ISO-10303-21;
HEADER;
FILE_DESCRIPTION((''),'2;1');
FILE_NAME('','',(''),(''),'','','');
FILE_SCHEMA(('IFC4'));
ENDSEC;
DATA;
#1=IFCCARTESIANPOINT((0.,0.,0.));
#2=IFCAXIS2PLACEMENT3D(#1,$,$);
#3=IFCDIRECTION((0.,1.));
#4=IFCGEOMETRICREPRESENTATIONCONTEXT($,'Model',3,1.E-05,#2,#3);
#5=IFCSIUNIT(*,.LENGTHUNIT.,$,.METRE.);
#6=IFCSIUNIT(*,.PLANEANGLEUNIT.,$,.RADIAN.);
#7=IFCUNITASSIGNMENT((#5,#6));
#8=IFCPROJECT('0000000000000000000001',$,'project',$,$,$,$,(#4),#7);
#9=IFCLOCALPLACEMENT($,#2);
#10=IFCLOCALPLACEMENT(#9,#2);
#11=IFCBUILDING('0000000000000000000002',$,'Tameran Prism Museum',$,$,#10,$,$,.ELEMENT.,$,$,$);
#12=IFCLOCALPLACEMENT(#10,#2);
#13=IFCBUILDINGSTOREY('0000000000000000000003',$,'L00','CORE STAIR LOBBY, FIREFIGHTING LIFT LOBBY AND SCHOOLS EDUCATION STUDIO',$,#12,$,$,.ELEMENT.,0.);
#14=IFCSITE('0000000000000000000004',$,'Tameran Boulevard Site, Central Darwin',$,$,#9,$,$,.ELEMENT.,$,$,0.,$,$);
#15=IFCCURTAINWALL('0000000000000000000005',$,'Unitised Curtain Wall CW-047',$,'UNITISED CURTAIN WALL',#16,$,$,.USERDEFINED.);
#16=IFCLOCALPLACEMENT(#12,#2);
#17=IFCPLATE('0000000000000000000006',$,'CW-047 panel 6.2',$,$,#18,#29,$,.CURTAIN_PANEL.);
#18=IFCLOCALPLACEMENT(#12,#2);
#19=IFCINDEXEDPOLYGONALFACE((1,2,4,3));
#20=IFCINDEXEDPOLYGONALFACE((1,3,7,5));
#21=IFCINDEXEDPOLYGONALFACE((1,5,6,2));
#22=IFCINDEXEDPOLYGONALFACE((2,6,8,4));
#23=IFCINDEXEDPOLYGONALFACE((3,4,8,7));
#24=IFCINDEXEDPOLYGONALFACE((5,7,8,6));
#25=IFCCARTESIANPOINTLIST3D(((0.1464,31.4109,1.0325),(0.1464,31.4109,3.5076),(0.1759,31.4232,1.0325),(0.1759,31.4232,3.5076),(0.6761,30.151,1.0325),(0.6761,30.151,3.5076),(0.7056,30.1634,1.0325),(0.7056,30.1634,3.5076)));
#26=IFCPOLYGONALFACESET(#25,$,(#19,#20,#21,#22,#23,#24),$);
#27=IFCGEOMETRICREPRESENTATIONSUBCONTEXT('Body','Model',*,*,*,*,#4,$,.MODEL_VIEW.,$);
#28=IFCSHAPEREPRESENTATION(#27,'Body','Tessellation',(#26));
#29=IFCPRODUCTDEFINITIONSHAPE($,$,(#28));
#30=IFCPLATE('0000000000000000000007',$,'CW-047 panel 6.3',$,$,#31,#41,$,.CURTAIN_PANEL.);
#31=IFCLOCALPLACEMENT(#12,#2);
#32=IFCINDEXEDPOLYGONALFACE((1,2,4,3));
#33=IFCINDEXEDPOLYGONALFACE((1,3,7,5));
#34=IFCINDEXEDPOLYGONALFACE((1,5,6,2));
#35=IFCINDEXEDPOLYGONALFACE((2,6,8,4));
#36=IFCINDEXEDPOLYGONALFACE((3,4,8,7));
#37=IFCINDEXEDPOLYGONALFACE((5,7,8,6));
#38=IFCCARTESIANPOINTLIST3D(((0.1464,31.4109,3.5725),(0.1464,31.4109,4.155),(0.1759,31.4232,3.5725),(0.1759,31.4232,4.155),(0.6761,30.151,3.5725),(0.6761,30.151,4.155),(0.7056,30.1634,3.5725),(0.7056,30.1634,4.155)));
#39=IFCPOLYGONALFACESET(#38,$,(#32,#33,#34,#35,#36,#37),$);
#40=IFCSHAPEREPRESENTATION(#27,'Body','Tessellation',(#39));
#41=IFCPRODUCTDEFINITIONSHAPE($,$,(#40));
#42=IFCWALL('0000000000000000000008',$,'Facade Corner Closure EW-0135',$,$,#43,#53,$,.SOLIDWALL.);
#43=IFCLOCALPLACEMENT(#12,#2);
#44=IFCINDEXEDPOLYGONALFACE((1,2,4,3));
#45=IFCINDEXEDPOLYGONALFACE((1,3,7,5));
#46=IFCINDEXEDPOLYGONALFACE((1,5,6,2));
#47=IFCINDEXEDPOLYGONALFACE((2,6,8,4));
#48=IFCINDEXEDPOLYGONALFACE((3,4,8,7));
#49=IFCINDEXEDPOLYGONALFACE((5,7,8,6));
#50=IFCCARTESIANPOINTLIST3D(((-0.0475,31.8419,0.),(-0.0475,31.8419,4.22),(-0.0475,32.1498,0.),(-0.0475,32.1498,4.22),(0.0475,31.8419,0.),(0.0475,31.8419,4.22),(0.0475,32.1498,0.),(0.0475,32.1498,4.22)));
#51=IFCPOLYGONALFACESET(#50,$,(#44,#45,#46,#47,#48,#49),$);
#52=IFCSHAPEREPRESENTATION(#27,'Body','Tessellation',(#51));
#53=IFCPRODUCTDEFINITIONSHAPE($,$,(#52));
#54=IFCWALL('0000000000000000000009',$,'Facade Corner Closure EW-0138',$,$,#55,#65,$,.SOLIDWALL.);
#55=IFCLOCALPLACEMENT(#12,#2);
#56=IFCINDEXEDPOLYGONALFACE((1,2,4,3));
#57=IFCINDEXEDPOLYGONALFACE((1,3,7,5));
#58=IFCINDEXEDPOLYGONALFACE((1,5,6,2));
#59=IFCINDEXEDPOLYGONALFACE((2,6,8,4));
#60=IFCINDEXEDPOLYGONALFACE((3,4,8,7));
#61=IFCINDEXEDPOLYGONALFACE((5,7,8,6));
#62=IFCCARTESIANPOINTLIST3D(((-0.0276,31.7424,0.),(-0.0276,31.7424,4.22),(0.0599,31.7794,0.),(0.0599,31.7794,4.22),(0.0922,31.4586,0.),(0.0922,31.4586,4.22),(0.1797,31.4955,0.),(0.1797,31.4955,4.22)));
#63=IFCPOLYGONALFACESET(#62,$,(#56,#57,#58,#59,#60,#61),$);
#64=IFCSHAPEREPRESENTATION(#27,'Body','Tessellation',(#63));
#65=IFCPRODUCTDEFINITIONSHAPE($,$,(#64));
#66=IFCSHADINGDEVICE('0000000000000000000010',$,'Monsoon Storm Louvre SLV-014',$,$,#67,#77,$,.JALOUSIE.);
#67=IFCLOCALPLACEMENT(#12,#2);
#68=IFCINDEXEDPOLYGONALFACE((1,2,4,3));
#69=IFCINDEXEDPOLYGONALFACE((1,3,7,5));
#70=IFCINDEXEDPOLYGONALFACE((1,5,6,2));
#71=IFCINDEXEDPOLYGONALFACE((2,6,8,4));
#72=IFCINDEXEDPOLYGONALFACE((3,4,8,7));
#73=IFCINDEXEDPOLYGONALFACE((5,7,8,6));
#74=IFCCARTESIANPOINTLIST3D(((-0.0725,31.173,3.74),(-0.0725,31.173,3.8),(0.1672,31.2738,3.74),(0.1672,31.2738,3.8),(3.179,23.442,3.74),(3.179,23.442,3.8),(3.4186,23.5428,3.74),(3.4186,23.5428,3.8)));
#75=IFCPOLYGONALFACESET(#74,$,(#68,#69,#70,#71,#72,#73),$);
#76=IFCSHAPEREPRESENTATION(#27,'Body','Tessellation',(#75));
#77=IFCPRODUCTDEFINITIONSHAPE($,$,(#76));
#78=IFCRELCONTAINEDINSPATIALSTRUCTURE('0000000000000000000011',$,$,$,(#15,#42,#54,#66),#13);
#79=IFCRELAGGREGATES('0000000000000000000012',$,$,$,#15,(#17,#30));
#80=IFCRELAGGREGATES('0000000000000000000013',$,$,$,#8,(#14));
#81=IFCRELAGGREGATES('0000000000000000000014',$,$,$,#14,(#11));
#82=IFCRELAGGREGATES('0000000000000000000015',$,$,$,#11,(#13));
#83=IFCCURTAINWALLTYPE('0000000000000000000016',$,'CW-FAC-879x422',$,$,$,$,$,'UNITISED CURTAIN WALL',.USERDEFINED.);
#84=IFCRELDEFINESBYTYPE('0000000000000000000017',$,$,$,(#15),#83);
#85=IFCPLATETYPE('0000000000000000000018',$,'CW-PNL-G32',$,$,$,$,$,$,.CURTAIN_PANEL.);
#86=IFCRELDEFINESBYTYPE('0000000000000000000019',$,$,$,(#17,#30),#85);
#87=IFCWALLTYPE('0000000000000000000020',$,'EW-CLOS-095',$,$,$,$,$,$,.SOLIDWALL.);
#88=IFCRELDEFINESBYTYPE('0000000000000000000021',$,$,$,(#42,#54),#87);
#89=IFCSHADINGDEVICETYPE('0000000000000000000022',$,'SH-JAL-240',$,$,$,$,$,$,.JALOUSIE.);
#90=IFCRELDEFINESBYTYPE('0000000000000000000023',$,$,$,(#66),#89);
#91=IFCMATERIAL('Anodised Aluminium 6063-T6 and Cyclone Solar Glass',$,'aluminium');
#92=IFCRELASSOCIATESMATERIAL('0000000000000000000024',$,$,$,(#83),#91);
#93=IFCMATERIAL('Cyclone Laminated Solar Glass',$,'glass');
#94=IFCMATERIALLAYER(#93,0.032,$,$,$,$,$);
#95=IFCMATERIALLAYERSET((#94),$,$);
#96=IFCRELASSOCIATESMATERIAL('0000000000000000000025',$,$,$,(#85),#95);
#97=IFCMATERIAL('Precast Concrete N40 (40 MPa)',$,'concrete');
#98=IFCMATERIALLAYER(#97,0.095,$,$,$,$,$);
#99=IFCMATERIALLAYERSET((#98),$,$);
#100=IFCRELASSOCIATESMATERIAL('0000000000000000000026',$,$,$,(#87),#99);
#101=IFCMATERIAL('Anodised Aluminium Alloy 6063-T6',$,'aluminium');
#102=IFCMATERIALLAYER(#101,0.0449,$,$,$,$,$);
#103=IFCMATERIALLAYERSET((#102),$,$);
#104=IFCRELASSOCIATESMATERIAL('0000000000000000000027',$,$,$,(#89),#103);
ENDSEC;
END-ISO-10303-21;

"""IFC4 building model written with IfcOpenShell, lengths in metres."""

from ifc_helpers import new_model, si_unit, direction, frame, frame_2d, origin, origin_2d, place, context, subcontext, project, spatial, rectangle, extrude, material, layer, layer_set, type_object, element, aggregate, save


model = new_model("IFC4")

# Units and contexts
model_context = context("Model", 3, precision=1e-05, world=origin(), true_north=direction((0.0, 1.0)))
body_context = subcontext(model_context, "Body", "Model", "MODEL_VIEW")
ifc_project = project(units=[si_unit("LENGTHUNIT", "METRE"), si_unit("PLANEANGLEUNIT", "RADIAN")], contexts=[model_context])

# Site, building, storey
site_placement = place(None, origin())
site = spatial("IfcSite", under=ifc_project, at=site_placement, Name="Tameran Boulevard Site, Central Darwin", CompositionType="ELEMENT", RefElevation=0.0)
building_placement = place(site_placement, origin())
building = spatial("IfcBuilding", under=site, at=building_placement, Name="Tameran Prism Museum", CompositionType="ELEMENT")
storey_placement = place(building_placement, origin())
storey = spatial("IfcBuildingStorey", under=building, at=storey_placement, Name="L00", Description="CORE STAIR LOBBY, FIREFIGHTING LIFT LOBBY AND SCHOOLS EDUCATION STUDIO", CompositionType="ELEMENT", Elevation=0.0)

# Curtain wall, plates
ifc_material_1 = material(Name="Anodised Aluminium 6063-T6 and Cyclone Solar Glass", Category="aluminium")
curtain_wall_type = type_object("IfcCurtainWallType", Name="CW-FAC-879x422", ElementType="UNITISED CURTAIN WALL", PredefinedType="USERDEFINED", material=ifc_material_1)
curtain_wall_placement = place(storey_placement, origin())
curtain_wall = element("IfcCurtainWall", 1, at=curtain_wall_placement, inside=storey, type_object=curtain_wall_type, Name="Unitised Curtain Wall CW-047", ObjectType="UNITISED CURTAIN WALL", PredefinedType="USERDEFINED")
ifc_material_2 = material(Name="Cyclone Laminated Solar Glass", Category="glass")
ifc_layer_1 = layer(ifc_material_2, 0.032)
ifc_layer_set_1 = layer_set([ifc_layer_1])
plate_type = type_object("IfcPlateType", Name="CW-PNL-G32", PredefinedType="CURTAIN_PANEL", material=ifc_layer_set_1)
plate_1_placement = place(storey_placement, frame((0.426, 30.7871, 1.0325), z_axis=(0.0, 0.0, 1.0), x_axis=(-0.387563, 0.921843, 0.0)))
plate_1 = element("IfcPlate", 2, at=plate_1_placement, type_object=plate_type, Name="CW-047 panel 6.2", PredefinedType="CURTAIN_PANEL", context=body_context, shape_type="SweptSolid", body=[
    extrude(rectangle(XDim=1.3667, YDim=0.032, at=origin_2d()), origin(), (0.0, 0.0, 1.0), 2.4751),
])
plate_2_placement = place(storey_placement, frame((0.426, 30.7871, 3.5725), z_axis=(0.0, 0.0, 1.0), x_axis=(-0.387563, 0.921843, 0.0)))
plate_2 = element("IfcPlate", 3, at=plate_2_placement, type_object=plate_type, Name="CW-047 panel 6.3", PredefinedType="CURTAIN_PANEL", context=body_context, shape_type="SweptSolid", body=[
    extrude(rectangle(XDim=1.3667, YDim=0.032, at=origin_2d()), origin(), (0.0, 0.0, 1.0), 0.5825),
])
aggregate(curtain_wall, [plate_1, plate_2])

# Walls
ifc_material_3 = material(Name="Precast Concrete N40 (40 MPa)", Category="concrete")
ifc_layer_2 = layer(ifc_material_3, 0.095)
ifc_layer_set_2 = layer_set([ifc_layer_2])
wall_type = type_object("IfcWallType", Name="EW-CLOS-095", PredefinedType="SOLIDWALL", material=ifc_layer_set_2)
wall_1_placement = place(storey_placement, frame((0.0, 31.842, 0.0), z_axis=(0.0, 0.0, 1.0), x_axis=(0.0, 1.0, 0.0)))
element("IfcWall", 4, at=wall_1_placement, inside=storey, type_object=wall_type, Name="Facade Corner Closure EW-0135", PredefinedType="SOLIDWALL", context=body_context, shape_type="SweptSolid", body=[
    extrude(rectangle(XDim=0.3079, YDim=0.095, at=frame_2d((0.1538, 0.0))), origin(), (0.0, 0.0, 1.0), 4.22),
])
wall_2_placement = place(storey_placement, frame((0.136, 31.4771, 0.0), z_axis=(0.0, 0.0, 1.0), x_axis=(-0.388942, 0.921262, 0.0)))
element("IfcWall", 5, at=wall_2_placement, inside=storey, type_object=wall_type, Name="Facade Corner Closure EW-0138", PredefinedType="SOLIDWALL", context=body_context, shape_type="SweptSolid", body=[
    extrude(rectangle(XDim=0.3081, YDim=0.095, at=frame_2d((0.1541, 0.0))), origin(), (0.0, 0.0, 1.0), 4.22),
])

# Shading device
ifc_material_4 = material(Name="Anodised Aluminium Alloy 6063-T6", Category="aluminium")
ifc_layer_3 = layer(ifc_material_4, 0.0449)
ifc_layer_set_3 = layer_set([ifc_layer_3])
shading_device_type = type_object("IfcShadingDeviceType", Name="SH-JAL-240", PredefinedType="JALOUSIE", material=ifc_layer_set_3)
shading_device_placement = place(storey_placement, frame((1.6731, 27.3579, 3.74), z_axis=(0.0, 0.0, 1.0), x_axis=(-0.387676, 0.921796, 0.0)))
element("IfcShadingDevice", 6, at=shading_device_placement, inside=storey, type_object=shading_device_type, Name="Monsoon Storm Louvre SLV-014", PredefinedType="JALOUSIE", context=body_context, shape_type="SweptSolid", body=[
    extrude(rectangle(XDim=8.387, YDim=0.26, at=origin_2d()), origin(), (0.0, 0.0, 1.0), 0.0601),
])

save(model, "model.ifc")
